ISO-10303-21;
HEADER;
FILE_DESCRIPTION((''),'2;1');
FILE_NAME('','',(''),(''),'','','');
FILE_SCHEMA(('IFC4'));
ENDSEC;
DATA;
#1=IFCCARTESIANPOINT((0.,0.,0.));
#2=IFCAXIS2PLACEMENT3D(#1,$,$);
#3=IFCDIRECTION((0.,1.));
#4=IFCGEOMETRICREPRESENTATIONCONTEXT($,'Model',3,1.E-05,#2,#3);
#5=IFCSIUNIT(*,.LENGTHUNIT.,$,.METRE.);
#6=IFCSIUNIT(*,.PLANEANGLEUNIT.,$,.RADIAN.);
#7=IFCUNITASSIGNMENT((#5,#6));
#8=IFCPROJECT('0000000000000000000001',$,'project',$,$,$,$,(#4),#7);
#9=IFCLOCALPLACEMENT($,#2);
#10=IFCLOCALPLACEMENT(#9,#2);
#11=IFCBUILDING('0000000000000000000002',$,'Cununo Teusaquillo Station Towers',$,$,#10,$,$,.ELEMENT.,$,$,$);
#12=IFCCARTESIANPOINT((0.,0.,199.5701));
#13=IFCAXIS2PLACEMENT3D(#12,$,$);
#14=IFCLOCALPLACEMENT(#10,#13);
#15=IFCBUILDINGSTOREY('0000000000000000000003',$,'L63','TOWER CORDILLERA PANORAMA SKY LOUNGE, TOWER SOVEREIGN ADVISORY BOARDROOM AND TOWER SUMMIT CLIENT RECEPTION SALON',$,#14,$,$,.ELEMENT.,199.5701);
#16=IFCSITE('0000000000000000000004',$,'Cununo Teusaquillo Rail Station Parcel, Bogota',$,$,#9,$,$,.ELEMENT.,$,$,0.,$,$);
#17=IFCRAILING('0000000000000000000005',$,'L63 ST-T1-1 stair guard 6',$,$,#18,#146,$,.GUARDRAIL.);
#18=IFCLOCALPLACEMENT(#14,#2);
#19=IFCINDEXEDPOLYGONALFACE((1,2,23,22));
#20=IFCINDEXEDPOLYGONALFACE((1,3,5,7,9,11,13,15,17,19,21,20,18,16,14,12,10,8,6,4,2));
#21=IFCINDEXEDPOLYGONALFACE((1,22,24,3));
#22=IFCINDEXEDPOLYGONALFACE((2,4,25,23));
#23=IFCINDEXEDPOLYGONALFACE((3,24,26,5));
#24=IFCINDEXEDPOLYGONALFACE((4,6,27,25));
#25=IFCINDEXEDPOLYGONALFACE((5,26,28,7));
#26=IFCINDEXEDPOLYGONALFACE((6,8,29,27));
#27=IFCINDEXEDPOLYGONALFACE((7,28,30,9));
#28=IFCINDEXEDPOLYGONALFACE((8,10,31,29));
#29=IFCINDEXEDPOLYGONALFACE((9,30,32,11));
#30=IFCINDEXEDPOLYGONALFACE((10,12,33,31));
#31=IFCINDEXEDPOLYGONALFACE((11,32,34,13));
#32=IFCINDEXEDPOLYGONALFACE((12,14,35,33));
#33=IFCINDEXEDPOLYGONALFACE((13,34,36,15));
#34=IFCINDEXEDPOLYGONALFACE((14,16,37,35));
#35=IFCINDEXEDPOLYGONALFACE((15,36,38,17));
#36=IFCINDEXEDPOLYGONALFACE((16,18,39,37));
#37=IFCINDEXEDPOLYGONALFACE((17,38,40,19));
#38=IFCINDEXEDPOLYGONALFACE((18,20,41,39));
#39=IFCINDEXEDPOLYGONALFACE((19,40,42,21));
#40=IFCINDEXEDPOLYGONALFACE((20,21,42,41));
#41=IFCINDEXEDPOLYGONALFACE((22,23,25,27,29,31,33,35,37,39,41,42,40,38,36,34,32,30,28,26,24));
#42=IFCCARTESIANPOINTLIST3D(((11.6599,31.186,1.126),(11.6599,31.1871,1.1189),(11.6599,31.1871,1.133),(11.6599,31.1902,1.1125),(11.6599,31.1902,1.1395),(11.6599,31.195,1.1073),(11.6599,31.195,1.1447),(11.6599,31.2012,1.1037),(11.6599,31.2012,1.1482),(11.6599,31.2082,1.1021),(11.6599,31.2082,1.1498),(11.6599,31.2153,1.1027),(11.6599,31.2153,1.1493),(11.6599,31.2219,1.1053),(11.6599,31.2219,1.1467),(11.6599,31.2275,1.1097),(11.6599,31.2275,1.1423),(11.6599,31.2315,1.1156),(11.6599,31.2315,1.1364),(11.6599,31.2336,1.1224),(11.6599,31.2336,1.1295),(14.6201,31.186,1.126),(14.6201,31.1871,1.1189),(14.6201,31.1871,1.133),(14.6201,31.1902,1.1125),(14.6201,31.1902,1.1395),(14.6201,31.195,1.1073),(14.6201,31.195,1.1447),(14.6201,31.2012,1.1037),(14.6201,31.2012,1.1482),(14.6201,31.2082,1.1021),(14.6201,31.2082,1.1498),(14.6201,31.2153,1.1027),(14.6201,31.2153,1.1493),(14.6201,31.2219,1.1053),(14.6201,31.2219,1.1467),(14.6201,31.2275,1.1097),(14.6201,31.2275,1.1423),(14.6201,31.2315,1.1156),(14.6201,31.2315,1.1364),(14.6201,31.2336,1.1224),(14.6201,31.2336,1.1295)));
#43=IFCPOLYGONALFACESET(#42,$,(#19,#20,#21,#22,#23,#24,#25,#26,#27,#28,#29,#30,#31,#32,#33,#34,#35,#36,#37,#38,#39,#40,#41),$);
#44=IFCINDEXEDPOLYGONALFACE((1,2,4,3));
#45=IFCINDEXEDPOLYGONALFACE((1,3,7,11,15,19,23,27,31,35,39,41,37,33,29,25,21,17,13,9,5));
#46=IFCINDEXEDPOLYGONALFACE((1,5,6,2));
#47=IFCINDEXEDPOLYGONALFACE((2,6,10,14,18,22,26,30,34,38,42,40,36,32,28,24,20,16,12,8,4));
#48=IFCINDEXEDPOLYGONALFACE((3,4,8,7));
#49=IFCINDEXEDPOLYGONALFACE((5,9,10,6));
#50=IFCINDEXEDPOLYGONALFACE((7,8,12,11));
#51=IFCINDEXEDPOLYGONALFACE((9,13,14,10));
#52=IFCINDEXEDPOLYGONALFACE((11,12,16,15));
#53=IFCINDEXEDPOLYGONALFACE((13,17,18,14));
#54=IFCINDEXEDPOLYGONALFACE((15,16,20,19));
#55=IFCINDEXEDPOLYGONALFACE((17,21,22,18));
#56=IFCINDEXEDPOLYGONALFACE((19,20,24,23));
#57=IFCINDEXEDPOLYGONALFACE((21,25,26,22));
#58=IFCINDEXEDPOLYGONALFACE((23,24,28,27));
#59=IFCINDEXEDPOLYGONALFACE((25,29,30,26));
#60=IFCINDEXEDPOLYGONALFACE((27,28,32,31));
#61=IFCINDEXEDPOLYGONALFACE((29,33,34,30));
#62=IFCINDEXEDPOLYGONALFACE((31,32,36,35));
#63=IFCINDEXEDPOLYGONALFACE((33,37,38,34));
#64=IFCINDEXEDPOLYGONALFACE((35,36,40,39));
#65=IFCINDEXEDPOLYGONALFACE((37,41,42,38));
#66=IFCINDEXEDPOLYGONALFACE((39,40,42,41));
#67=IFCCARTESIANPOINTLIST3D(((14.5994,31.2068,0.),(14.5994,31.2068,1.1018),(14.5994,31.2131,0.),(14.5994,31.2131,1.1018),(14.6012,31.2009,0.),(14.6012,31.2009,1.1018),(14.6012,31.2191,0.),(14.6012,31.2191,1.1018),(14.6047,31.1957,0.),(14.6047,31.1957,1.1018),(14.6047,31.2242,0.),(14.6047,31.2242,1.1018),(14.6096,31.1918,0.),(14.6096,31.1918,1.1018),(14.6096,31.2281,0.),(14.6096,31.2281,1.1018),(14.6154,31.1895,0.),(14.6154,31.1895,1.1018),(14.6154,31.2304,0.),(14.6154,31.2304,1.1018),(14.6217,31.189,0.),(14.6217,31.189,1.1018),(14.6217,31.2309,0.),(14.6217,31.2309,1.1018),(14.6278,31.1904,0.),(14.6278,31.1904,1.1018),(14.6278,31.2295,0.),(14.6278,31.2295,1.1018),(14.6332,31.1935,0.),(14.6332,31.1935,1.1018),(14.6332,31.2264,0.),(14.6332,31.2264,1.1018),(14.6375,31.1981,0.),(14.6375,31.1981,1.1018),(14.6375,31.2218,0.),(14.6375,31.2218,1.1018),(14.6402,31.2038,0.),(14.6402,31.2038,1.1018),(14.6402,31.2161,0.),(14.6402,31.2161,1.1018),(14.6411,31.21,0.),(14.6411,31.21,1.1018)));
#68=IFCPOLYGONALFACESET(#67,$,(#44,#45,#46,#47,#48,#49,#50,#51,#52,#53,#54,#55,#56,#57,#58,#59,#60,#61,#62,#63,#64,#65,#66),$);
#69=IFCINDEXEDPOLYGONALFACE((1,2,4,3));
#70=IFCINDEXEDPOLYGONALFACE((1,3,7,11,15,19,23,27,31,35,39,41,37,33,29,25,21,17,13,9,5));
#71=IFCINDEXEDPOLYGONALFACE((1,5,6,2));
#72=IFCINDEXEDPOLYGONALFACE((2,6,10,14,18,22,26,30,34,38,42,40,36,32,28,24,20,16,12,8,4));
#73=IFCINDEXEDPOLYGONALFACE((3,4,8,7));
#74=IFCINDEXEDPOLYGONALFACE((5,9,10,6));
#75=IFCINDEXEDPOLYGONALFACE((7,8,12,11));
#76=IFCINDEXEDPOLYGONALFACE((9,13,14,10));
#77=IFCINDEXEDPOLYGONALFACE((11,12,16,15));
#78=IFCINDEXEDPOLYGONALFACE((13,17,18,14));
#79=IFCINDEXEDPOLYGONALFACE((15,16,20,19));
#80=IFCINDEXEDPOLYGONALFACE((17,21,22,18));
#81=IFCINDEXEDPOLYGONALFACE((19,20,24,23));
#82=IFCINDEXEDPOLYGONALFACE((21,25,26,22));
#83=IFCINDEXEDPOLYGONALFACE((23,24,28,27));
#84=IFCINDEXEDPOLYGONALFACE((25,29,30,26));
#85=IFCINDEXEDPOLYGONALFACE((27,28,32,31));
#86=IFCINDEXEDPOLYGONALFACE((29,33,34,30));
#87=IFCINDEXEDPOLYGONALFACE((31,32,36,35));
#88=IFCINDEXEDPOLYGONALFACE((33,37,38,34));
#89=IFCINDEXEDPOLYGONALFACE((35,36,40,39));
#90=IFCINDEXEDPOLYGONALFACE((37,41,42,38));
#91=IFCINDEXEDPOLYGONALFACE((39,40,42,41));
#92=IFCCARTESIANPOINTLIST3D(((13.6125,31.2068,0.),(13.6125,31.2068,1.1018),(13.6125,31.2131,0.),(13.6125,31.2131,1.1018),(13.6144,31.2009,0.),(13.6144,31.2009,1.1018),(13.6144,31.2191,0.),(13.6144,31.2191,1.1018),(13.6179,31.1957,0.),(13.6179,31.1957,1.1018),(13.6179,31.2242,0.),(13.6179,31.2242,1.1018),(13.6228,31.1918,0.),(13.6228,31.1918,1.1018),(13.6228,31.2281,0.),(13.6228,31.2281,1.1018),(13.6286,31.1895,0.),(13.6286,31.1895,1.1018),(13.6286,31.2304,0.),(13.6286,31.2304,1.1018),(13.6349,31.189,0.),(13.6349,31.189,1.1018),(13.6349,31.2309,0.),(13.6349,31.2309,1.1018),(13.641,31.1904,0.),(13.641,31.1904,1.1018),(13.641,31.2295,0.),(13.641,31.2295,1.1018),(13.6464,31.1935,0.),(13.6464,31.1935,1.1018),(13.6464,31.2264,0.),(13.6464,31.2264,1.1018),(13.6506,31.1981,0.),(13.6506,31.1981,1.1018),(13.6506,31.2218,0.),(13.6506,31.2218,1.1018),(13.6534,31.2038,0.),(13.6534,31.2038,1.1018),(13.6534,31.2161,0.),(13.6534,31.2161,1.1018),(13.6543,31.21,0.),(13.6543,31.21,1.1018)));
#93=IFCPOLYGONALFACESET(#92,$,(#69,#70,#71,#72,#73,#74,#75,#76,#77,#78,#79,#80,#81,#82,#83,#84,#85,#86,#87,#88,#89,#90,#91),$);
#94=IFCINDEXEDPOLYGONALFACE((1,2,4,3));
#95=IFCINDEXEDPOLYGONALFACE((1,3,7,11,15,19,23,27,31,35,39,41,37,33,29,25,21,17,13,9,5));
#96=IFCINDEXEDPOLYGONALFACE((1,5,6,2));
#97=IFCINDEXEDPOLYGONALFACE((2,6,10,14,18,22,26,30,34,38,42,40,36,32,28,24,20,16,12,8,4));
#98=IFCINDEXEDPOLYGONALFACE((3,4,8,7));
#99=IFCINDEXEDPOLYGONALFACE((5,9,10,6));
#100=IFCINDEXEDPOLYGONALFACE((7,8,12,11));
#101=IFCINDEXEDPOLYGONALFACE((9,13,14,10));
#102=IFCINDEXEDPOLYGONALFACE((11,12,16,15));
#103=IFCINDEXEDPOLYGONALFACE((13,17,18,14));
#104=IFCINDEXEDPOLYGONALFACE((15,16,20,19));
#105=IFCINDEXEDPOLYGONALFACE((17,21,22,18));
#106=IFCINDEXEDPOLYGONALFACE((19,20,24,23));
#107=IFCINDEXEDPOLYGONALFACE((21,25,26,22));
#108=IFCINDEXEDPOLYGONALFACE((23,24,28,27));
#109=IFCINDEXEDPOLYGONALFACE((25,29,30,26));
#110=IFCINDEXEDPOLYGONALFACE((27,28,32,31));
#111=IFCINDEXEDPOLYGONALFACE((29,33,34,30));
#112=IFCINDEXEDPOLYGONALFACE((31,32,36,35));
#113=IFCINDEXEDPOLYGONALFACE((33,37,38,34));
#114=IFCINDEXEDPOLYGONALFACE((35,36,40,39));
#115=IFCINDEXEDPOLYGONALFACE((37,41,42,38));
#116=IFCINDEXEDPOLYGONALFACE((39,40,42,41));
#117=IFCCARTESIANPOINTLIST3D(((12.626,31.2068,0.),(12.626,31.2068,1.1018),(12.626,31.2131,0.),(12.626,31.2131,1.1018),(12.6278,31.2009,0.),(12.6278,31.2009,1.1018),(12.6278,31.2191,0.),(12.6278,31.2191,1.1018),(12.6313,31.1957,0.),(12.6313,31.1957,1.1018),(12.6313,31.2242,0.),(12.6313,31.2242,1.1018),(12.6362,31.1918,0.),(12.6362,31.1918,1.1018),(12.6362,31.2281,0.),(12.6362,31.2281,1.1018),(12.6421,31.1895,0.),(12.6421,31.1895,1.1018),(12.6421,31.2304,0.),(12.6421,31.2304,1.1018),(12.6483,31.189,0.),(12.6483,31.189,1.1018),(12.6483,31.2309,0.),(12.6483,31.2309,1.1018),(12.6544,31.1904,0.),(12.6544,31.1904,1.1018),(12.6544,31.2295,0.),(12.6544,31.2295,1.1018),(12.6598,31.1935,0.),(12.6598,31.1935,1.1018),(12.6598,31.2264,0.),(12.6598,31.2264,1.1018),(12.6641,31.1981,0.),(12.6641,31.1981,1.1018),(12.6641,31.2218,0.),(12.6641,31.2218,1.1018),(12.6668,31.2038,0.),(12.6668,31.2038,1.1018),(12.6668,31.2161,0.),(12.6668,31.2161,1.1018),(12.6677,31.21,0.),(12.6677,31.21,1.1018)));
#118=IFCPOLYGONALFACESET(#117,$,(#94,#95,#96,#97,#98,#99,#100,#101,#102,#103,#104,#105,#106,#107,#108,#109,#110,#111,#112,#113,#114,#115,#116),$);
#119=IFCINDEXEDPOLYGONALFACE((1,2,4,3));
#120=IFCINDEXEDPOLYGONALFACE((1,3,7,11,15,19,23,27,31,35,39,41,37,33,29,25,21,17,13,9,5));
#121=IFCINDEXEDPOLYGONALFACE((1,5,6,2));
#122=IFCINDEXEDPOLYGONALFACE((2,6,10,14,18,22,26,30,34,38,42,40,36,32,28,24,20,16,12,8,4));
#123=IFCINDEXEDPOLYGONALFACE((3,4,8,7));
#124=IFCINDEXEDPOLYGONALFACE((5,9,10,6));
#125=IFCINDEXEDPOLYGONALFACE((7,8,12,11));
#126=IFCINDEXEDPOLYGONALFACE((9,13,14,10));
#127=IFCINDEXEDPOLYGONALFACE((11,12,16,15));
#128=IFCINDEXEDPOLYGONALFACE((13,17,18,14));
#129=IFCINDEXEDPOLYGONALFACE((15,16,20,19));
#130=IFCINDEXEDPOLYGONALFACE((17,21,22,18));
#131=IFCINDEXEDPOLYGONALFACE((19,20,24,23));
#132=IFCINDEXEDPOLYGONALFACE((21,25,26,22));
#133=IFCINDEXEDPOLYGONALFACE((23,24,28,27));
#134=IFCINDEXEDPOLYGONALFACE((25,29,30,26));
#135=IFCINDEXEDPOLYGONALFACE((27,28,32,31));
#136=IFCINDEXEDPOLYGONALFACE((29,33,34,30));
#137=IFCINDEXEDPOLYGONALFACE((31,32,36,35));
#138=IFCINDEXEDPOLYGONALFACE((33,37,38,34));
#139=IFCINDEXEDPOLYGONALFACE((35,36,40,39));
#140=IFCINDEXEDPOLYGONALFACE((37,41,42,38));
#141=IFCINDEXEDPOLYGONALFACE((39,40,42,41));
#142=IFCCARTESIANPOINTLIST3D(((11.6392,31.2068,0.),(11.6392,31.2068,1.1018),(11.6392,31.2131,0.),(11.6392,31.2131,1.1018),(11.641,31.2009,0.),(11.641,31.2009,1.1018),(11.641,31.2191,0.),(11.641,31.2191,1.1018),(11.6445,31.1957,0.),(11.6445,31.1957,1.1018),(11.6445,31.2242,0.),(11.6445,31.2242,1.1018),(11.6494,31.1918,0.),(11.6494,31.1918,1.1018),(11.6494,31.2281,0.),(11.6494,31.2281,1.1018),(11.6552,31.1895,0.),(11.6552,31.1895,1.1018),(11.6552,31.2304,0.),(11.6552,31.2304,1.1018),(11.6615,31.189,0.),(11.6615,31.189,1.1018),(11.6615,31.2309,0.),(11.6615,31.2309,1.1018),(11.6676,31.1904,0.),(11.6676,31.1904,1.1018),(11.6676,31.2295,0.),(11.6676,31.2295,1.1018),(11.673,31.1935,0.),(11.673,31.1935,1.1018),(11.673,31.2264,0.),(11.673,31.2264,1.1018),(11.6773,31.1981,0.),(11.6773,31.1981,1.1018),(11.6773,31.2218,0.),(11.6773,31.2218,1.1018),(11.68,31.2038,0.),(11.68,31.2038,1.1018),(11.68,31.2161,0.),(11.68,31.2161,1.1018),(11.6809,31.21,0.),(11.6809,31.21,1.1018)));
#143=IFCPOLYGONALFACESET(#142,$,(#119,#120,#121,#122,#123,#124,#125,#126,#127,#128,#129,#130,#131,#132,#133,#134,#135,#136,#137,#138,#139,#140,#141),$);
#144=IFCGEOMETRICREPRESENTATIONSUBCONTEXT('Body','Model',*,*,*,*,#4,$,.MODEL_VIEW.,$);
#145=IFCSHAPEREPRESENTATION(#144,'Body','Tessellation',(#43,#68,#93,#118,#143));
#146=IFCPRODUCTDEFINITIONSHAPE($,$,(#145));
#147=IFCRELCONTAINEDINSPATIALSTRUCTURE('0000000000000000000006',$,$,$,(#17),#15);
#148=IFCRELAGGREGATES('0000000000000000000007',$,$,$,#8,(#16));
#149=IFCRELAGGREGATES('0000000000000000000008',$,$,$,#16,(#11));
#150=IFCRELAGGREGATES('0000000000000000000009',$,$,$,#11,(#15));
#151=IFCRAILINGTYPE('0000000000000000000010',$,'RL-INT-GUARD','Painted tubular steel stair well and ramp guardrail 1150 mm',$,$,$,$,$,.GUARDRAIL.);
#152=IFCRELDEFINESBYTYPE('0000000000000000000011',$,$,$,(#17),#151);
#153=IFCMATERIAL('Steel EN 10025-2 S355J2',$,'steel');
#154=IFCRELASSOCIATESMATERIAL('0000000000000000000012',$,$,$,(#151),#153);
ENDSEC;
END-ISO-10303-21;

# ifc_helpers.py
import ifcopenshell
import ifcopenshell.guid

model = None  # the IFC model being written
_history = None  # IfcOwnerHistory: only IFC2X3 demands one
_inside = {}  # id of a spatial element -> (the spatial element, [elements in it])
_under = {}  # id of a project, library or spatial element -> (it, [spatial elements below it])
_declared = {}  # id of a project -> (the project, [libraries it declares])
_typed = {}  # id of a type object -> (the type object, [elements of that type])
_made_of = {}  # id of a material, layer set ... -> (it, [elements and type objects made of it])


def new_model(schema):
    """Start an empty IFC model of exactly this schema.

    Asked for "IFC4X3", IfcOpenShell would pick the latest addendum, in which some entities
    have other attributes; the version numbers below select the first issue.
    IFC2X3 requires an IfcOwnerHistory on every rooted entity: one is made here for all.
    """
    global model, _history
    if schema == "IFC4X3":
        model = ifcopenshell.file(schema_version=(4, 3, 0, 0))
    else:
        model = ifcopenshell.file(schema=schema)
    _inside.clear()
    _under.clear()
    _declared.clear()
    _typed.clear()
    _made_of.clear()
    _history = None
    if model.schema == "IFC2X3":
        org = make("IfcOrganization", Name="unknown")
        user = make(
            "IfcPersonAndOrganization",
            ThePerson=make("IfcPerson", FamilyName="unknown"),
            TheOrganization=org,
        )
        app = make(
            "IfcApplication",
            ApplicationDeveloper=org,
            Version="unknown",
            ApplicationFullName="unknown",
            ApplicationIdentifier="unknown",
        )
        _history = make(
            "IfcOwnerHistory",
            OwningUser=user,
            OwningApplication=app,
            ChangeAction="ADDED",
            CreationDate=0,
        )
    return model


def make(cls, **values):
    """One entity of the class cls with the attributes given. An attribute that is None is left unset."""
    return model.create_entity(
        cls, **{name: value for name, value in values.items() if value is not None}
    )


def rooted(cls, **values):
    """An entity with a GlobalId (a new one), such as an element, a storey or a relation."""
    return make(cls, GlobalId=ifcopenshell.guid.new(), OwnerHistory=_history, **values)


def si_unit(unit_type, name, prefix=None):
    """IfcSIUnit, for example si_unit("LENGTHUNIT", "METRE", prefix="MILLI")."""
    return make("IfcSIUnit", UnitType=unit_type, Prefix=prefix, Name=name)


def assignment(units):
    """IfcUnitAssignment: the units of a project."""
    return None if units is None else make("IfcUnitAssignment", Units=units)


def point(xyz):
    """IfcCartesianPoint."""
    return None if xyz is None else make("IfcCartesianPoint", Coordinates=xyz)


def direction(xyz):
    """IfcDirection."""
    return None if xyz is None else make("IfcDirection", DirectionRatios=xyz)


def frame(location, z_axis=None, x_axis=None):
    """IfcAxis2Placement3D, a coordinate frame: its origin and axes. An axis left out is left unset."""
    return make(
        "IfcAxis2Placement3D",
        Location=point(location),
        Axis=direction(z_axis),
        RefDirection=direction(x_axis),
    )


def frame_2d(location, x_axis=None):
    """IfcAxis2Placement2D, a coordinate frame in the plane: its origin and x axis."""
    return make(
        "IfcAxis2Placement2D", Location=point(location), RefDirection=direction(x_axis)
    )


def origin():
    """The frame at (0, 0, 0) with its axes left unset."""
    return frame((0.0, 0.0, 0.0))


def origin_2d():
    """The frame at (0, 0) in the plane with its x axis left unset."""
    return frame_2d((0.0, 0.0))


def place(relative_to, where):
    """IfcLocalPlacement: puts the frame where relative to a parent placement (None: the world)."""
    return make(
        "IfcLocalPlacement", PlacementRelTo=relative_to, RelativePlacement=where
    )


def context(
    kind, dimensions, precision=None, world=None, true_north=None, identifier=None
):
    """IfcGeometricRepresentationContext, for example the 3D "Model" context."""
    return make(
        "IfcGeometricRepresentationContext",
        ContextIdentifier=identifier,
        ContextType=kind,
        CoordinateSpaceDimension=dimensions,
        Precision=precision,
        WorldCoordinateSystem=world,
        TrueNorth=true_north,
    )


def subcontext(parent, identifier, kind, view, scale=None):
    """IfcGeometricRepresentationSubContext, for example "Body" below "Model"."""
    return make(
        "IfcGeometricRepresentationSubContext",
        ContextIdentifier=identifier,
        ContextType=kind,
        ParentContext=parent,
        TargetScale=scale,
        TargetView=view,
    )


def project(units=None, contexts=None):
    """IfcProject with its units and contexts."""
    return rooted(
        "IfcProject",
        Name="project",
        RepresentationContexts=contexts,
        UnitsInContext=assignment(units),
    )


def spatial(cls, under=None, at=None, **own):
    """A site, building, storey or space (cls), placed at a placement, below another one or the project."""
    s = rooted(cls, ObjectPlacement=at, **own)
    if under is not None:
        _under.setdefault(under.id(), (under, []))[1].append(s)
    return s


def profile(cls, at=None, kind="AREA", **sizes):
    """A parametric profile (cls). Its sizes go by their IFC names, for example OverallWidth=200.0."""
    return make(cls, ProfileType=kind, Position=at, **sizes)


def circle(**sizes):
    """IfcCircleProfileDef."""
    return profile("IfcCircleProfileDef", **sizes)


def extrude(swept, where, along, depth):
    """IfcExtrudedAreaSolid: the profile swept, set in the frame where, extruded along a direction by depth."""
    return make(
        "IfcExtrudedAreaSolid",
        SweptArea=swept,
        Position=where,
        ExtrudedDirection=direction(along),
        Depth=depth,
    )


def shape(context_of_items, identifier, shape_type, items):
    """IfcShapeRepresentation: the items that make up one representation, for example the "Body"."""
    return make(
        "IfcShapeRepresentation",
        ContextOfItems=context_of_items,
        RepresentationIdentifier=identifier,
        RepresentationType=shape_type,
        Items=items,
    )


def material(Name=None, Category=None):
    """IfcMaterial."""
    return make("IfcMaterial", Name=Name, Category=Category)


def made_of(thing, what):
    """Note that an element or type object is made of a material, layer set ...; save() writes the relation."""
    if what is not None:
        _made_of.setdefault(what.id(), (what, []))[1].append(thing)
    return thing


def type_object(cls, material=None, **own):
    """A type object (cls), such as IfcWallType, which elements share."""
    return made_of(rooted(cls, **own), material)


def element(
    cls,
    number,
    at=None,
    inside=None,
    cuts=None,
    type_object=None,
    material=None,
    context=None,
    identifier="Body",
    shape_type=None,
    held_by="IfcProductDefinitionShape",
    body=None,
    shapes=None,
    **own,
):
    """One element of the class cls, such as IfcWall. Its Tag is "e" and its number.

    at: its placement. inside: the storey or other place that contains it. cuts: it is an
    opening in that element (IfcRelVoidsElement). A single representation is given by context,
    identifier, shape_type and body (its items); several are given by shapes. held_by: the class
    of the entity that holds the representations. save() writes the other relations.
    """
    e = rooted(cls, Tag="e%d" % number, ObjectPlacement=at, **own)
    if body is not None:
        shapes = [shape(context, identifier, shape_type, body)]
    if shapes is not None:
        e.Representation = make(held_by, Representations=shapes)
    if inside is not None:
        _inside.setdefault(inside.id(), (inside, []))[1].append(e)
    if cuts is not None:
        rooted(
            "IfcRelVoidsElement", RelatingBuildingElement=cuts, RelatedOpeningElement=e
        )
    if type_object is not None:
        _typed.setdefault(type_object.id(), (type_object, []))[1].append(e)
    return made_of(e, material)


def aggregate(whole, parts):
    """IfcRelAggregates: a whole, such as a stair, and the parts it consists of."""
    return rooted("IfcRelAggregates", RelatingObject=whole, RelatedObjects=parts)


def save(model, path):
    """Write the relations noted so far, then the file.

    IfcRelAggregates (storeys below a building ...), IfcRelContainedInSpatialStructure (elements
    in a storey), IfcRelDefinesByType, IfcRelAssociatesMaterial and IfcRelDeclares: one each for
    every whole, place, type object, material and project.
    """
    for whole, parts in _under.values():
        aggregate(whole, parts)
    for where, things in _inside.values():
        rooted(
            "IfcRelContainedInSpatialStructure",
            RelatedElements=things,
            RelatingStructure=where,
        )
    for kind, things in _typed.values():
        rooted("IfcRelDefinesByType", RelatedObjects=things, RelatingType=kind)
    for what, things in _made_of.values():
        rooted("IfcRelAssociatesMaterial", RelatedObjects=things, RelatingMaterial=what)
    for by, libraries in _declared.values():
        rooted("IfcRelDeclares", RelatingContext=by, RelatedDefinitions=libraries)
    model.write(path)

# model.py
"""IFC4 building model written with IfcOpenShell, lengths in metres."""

from ifc_helpers import new_model, si_unit, direction, frame, origin, origin_2d, place, context, subcontext, project, spatial, circle, extrude, material, type_object, element, save


model = new_model("IFC4")

# Units and contexts
model_context = context("Model", 3, precision=1e-05, world=origin(), true_north=direction((0.0, 1.0)))
body_context = subcontext(model_context, "Body", "Model", "MODEL_VIEW")
ifc_project = project(units=[si_unit("LENGTHUNIT", "METRE"), si_unit("PLANEANGLEUNIT", "RADIAN")], contexts=[model_context])

# Site, building, storey
site_placement = place(None, origin())
site = spatial("IfcSite", under=ifc_project, at=site_placement, Name="Cununo Teusaquillo Rail Station Parcel, Bogota", CompositionType="ELEMENT", RefElevation=0.0)
building_placement = place(site_placement, origin())
building = spatial("IfcBuilding", under=site, at=building_placement, Name="Cununo Teusaquillo Station Towers", CompositionType="ELEMENT")
storey_placement = place(building_placement, frame((0.0, 0.0, 199.5701)))
storey = spatial("IfcBuildingStorey", under=building, at=storey_placement, Name="L63", Description="TOWER CORDILLERA PANORAMA SKY LOUNGE, TOWER SOVEREIGN ADVISORY BOARDROOM AND TOWER SUMMIT CLIENT RECEPTION SALON", CompositionType="ELEMENT", Elevation=199.5701)

# Railing
ifc_material_1 = material(Name="Steel EN 10025-2 S355J2", Category="steel")
railing_type = type_object("IfcRailingType", Name="RL-INT-GUARD", Description="Painted tubular steel stair well and ramp guardrail 1150 mm", PredefinedType="GUARDRAIL", material=ifc_material_1)
railing_1_placement = place(storey_placement, frame((14.6201, 31.21, 0.0)))
element("IfcRailing", 1, at=railing_1_placement, inside=storey, type_object=railing_type, Name="L63 ST-T1-1 stair guard 6", PredefinedType="GUARDRAIL", context=body_context, shape_type="SweptSolid", body=[
    extrude(circle(Radius=0.0239, at=origin_2d()), frame((0.0, 0.0, 1.126), z_axis=(-1.0, 0.0, 0.0), x_axis=(0.0, -1.0, 0.0)), (0.0, 0.0, 1.0), 2.9602),
    extrude(circle(Radius=0.021, at=origin_2d()), origin(), (0.0, 0.0, 1.0), 1.1018),
    extrude(circle(Radius=0.021, at=origin_2d()), frame((-0.9868, 0.0, 0.0)), (0.0, 0.0, 1.0), 1.1018),
    extrude(circle(Radius=0.021, at=origin_2d()), frame((-1.9734, 0.0, 0.0)), (0.0, 0.0, 1.0), 1.1018),
    extrude(circle(Radius=0.021, at=origin_2d()), frame((-2.9602, 0.0, 0.0)), (0.0, 0.0, 1.0), 1.1018),
])

save(model, "model.ifc")
